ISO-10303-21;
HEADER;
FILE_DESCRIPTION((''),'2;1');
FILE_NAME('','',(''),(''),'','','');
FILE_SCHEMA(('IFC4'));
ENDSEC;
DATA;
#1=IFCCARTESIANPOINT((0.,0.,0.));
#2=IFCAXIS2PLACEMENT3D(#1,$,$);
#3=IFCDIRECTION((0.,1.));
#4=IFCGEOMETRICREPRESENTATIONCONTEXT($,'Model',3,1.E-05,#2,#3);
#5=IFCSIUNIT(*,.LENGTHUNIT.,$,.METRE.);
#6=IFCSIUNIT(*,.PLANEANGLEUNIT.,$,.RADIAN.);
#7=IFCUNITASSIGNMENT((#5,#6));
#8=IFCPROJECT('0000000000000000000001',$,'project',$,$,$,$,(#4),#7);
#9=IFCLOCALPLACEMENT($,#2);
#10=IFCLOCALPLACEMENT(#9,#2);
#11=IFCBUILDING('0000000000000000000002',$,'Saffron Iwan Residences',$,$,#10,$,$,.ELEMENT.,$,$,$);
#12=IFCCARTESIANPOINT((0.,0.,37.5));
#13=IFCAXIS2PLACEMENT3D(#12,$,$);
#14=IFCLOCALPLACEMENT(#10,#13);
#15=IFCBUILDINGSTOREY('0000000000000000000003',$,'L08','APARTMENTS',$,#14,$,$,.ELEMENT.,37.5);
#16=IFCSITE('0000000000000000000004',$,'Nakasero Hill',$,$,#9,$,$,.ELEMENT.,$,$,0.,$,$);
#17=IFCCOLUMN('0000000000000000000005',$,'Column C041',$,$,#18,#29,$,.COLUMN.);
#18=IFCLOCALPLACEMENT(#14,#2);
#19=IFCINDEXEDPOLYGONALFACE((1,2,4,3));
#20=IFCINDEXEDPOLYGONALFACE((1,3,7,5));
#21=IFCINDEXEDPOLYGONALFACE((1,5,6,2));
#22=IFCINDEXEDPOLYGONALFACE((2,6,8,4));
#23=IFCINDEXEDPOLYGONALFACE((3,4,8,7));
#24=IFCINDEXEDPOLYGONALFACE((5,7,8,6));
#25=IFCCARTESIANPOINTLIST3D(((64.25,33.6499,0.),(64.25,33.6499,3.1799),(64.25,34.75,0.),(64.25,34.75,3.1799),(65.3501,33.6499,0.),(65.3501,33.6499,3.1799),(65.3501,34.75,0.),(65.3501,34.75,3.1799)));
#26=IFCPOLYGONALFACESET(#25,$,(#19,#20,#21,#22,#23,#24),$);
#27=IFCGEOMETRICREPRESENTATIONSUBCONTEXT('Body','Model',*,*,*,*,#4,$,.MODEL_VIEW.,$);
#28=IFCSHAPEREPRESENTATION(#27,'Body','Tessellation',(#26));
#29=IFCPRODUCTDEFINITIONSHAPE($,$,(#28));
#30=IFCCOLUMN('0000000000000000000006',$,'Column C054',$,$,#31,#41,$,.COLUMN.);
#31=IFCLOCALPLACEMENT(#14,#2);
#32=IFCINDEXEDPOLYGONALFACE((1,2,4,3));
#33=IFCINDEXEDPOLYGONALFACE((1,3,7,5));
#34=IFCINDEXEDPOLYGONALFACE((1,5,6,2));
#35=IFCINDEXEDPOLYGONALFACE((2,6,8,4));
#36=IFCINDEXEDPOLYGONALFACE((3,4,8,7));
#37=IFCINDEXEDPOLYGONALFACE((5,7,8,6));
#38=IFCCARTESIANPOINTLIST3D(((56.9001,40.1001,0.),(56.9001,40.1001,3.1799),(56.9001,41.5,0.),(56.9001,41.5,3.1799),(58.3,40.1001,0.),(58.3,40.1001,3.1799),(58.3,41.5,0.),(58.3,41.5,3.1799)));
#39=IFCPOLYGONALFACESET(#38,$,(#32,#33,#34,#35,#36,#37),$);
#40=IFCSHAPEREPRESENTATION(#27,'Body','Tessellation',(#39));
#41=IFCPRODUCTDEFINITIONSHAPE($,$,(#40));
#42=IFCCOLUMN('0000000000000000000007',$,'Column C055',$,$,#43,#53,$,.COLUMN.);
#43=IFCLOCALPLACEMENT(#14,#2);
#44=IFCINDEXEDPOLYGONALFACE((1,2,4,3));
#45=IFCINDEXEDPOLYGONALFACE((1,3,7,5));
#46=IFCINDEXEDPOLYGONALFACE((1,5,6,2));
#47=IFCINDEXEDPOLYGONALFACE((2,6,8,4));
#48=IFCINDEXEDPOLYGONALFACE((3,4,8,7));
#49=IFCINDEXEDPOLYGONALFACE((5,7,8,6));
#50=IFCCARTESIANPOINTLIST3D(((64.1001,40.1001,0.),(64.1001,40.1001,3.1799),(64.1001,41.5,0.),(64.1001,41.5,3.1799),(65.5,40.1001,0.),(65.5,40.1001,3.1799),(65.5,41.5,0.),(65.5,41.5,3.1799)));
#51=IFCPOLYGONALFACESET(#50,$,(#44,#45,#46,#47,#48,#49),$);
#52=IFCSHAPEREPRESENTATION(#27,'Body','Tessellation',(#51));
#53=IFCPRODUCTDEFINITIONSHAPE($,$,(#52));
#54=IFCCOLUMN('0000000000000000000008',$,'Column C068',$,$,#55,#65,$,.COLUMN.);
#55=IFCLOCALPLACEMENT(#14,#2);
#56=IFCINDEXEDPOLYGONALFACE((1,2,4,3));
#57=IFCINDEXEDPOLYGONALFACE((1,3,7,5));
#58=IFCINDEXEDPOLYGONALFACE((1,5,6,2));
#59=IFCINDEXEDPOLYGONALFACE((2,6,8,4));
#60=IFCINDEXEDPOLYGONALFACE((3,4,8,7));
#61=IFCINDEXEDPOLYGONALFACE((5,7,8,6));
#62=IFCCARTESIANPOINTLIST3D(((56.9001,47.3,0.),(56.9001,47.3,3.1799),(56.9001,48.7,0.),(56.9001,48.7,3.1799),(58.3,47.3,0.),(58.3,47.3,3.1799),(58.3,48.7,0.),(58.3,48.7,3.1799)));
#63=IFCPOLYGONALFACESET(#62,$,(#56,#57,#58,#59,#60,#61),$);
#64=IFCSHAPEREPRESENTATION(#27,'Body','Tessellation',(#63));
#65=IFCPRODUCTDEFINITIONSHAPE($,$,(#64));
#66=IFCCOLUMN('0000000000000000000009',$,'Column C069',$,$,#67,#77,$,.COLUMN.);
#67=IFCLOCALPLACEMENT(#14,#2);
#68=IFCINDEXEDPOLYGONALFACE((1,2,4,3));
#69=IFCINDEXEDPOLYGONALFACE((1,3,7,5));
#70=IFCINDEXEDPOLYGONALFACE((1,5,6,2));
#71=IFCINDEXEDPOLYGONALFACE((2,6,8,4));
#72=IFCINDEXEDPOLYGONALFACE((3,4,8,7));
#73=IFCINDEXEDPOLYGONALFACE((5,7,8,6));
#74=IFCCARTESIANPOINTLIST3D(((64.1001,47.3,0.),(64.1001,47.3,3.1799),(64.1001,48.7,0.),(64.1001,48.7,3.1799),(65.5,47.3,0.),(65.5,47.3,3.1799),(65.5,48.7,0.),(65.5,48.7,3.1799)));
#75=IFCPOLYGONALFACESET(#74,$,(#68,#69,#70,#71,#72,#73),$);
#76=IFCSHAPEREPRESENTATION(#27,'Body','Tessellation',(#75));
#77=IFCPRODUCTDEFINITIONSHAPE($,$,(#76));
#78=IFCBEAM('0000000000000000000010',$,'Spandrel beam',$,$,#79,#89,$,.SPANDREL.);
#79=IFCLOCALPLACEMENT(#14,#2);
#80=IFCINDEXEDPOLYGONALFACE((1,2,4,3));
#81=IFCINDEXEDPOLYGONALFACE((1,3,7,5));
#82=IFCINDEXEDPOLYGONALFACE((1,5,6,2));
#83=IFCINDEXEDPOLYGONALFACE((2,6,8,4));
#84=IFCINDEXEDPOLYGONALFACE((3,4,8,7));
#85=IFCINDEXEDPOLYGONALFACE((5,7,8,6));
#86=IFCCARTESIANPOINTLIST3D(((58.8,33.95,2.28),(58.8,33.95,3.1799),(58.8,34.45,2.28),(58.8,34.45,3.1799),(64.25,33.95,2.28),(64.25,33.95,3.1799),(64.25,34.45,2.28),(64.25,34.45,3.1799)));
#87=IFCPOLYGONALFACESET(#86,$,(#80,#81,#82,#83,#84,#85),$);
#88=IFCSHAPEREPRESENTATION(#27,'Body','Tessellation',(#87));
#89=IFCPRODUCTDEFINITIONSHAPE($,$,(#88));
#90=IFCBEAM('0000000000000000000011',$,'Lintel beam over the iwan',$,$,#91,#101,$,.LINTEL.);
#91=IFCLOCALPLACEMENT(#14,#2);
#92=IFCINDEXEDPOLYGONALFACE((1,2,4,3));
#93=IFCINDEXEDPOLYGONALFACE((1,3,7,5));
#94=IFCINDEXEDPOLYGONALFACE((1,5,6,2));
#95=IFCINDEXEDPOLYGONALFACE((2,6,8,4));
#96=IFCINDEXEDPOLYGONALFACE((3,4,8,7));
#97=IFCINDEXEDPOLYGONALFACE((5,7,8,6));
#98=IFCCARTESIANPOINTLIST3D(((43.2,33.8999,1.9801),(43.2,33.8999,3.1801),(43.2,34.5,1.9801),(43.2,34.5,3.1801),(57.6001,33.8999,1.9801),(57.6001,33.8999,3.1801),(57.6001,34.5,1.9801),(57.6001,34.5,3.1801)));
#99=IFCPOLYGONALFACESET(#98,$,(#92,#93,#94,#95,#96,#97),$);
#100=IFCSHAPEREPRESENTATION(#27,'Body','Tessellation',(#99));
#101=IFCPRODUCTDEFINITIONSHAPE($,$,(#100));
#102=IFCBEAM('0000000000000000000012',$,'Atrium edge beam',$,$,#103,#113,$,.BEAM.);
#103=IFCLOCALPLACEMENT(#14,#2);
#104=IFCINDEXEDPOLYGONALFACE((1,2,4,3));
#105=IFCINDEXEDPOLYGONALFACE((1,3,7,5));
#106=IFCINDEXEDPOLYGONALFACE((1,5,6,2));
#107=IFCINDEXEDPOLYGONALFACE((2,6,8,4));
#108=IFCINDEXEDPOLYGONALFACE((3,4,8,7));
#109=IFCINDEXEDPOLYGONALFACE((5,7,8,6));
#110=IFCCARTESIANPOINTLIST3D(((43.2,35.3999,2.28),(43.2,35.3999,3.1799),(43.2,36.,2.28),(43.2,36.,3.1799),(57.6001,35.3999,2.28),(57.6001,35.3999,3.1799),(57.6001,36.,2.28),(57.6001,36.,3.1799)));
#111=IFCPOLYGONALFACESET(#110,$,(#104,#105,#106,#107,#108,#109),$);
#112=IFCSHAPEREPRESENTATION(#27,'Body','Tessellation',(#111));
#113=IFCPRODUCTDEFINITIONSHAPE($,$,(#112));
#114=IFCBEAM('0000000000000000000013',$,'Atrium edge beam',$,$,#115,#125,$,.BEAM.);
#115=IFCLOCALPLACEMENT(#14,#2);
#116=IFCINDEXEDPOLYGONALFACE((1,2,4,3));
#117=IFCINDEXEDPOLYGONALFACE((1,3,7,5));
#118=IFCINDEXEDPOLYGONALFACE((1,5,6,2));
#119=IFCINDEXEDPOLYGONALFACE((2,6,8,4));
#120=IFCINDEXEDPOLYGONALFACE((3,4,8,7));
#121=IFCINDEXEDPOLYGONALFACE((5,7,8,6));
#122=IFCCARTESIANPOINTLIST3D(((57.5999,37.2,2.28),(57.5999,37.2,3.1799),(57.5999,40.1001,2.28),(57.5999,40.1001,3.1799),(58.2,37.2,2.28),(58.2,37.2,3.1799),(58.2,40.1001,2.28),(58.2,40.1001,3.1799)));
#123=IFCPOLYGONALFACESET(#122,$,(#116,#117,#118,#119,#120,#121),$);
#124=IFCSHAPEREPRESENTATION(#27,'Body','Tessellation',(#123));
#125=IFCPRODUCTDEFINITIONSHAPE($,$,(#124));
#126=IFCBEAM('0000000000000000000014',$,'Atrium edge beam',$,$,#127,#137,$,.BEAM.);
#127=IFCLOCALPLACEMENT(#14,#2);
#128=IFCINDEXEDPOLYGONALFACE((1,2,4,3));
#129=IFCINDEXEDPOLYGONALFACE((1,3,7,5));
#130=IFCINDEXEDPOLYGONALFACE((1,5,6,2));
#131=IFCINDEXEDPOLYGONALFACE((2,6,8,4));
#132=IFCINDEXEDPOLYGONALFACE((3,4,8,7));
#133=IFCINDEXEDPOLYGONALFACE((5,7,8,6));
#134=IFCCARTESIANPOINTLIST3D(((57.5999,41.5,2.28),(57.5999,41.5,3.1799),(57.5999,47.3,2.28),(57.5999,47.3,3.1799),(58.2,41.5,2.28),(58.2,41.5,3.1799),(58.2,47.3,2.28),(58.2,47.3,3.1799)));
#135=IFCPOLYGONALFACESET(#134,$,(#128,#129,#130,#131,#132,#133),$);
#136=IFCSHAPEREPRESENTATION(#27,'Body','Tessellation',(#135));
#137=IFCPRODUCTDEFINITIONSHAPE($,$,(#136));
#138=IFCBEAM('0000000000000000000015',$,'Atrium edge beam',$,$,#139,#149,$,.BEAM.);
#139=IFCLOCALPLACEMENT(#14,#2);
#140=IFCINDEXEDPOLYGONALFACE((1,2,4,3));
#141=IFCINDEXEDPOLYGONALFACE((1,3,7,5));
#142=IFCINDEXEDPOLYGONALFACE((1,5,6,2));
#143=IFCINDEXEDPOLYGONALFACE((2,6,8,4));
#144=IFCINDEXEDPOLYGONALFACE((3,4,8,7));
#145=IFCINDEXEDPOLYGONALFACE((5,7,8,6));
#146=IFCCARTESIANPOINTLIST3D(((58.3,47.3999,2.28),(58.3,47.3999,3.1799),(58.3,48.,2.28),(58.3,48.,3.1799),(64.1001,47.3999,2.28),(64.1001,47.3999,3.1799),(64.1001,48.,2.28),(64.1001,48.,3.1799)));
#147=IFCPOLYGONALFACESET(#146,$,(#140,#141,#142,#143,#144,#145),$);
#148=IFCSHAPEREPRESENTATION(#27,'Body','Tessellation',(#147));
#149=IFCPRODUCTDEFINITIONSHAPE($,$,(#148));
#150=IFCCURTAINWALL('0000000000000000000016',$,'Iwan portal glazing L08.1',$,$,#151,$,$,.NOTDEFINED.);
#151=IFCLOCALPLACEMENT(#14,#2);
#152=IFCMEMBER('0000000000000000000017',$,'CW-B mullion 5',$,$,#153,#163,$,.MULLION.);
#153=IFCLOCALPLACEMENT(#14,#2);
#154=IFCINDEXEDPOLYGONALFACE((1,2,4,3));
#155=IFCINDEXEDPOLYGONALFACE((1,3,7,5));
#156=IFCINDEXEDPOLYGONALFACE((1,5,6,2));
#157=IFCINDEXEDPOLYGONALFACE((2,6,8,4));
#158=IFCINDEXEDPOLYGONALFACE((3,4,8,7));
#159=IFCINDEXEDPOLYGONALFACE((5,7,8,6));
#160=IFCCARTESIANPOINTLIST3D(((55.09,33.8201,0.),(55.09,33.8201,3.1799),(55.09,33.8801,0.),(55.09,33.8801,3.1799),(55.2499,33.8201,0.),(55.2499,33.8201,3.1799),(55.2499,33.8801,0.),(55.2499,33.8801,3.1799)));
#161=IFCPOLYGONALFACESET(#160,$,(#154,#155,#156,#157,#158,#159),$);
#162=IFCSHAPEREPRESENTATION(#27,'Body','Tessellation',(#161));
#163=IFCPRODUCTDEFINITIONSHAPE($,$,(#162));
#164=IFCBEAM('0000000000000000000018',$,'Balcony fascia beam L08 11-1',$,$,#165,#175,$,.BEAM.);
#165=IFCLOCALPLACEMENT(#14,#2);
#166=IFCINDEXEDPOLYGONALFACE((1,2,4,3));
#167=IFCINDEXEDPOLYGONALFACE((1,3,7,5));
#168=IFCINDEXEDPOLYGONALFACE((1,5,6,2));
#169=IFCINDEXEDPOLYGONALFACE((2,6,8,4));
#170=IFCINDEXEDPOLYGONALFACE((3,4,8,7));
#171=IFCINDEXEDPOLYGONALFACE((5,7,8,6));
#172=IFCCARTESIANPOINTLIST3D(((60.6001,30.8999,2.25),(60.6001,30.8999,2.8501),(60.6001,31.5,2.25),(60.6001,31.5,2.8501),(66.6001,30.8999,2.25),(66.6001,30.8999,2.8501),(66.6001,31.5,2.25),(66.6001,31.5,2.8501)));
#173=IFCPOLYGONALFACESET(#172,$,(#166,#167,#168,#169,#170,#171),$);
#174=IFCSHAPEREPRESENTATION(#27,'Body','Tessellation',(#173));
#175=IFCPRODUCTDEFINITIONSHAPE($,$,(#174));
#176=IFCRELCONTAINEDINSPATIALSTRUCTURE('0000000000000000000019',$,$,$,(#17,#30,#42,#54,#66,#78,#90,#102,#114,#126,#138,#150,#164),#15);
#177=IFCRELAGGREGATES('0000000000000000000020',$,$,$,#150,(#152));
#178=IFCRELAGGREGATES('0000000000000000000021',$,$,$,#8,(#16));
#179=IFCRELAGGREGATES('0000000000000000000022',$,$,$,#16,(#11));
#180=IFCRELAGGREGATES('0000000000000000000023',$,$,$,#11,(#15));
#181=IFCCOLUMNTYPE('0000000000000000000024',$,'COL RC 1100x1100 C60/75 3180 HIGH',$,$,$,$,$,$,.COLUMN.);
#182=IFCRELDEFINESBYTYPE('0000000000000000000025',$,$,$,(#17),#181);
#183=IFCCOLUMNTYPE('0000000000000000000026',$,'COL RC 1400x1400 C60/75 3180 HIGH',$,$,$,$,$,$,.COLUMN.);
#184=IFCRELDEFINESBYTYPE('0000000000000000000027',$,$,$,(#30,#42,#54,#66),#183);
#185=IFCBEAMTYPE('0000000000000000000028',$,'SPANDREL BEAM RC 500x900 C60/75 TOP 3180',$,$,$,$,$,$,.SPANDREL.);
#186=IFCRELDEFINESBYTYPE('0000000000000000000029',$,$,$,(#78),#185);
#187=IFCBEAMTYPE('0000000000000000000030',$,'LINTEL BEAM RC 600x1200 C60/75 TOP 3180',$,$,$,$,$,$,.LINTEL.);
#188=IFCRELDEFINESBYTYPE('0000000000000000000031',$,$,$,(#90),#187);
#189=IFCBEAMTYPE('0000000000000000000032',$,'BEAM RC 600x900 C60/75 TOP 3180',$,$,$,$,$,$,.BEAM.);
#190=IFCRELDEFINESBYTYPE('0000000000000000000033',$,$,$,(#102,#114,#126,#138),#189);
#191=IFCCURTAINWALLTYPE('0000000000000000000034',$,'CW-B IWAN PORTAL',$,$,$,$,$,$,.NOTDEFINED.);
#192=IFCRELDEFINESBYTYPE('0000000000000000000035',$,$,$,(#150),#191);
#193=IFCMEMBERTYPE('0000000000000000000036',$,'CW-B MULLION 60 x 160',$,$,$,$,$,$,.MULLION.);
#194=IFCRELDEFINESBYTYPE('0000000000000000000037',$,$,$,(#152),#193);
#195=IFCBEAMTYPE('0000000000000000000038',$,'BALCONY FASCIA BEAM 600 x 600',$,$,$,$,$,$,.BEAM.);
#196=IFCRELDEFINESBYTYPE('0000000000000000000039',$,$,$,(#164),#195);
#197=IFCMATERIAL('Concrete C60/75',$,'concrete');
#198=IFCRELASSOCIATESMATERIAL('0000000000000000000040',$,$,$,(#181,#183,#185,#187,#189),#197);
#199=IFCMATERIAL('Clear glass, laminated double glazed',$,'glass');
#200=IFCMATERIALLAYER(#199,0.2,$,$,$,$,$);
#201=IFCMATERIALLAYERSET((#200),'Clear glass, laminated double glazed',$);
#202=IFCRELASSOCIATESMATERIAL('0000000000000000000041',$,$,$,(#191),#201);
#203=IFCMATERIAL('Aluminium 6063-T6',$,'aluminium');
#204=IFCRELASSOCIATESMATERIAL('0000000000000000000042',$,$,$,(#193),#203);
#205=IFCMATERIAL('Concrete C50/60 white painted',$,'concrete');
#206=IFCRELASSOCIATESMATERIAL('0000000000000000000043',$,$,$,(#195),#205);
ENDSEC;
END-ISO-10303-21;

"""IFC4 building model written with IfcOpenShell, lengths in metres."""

from ifc_helpers import new_model, si_unit, direction, frame, origin, origin_2d, place, context, subcontext, project, spatial, rectangle, extrude, source, transform, mapped, material, layer, layer_set, material_profile, profile_set, type_object, element, aggregate, save


model = new_model("IFC4")

# Units and contexts
model_context = context("Model", 3, precision=1e-05, world=origin(), true_north=direction((0.0, 1.0)))
body_context = subcontext(model_context, "Body", "Model", "MODEL_VIEW")
ifc_project = project(units=[si_unit("LENGTHUNIT", "METRE"), si_unit("PLANEANGLEUNIT", "RADIAN")], contexts=[model_context])

# Site, building, storey
site_placement = place(None, origin())
site = spatial("IfcSite", under=ifc_project, at=site_placement, Name="Nakasero Hill", CompositionType="ELEMENT", RefElevation=0.0)
building_placement = place(site_placement, origin())
building = spatial("IfcBuilding", under=site, at=building_placement, Name="Saffron Iwan Residences", CompositionType="ELEMENT")
storey_placement = place(building_placement, frame((0.0, 0.0, 37.5)))
storey = spatial("IfcBuildingStorey", under=building, at=storey_placement, Name="L08", Description="APARTMENTS", CompositionType="ELEMENT", Elevation=37.5)

# Columns
ifc_material_1 = material(Name="Concrete C60/75", Category="concrete")
ifc_material_profile_1 = material_profile(ifc_material_1, rectangle(XDim=1.1001, YDim=1.1001, at=origin_2d()), Name="RC 1100x1100")
ifc_profile_set_1 = profile_set([ifc_material_profile_1], Name="Concrete C60/75")
column_type_1 = type_object("IfcColumnType", Name="COL RC 1100x1100 C60/75 3180 HIGH", PredefinedType="COLUMN", material=ifc_profile_set_1)
shared_shape_1 = source(origin(), body_context, "Body", "SweptSolid", [
    extrude(rectangle(XDim=1.1001, YDim=1.1001, at=origin_2d()), origin(), (0.0, 0.0, 1.0), 3.1799),
])
column_placement = place(storey_placement, frame((64.8, 34.2, 0.0), z_axis=(0.0, 0.0, 1.0), x_axis=(1.0, 0.0, 0.0)))
element("IfcColumn", 1, at=column_placement, inside=storey, type_object=column_type_1, Name="Column C041", PredefinedType="COLUMN", context=body_context, shape_type="MappedRepresentation", body=[
    mapped(shared_shape_1, transform((0.0, 0.0, 0.0))),
])
ifc_material_profile_2 = material_profile(ifc_material_1, rectangle(XDim=1.3999, YDim=1.3999, at=origin_2d()), Name="RC 1400x1400")
ifc_profile_set_2 = profile_set([ifc_material_profile_2], Name="Concrete C60/75")
column_type_2 = type_object("IfcColumnType", Name="COL RC 1400x1400 C60/75 3180 HIGH", PredefinedType="COLUMN", material=ifc_profile_set_2)
shared_shape_2 = source(origin(), body_context, "Body", "SweptSolid", [
    extrude(rectangle(XDim=1.3999, YDim=1.3999, at=origin_2d()), origin(), (0.0, 0.0, 1.0), 3.1799),
])
for number, where, z_axis, x_axis, name in (
    (2, (57.6001, 40.8, 0.0), (0.0, 0.0, 1.0), (1.0, 0.0, 0.0), "Column C054"),
    (3, (64.8, 40.8, 0.0), (0.0, 0.0, 1.0), (1.0, 0.0, 0.0), "Column C055"),
    (4, (57.6001, 48.0, 0.0), (0.0, 0.0, 1.0), (1.0, 0.0, 0.0), "Column C068"),
    (5, (64.8, 48.0, 0.0), (0.0, 0.0, 1.0), (1.0, 0.0, 0.0), "Column C069"),
):
    element("IfcColumn", number, at=place(storey_placement, frame(where, z_axis=z_axis, x_axis=x_axis)), inside=storey, type_object=column_type_2, Name=name, PredefinedType="COLUMN", context=body_context, shape_type="MappedRepresentation", body=[
        mapped(shared_shape_2, transform((0.0, 0.0, 0.0))),
    ])

# Beams
ifc_material_profile_3 = material_profile(ifc_material_1, rectangle(XDim=0.5, YDim=0.8999, at=origin_2d()), Name="RC 500x900")
ifc_profile_set_3 = profile_set([ifc_material_profile_3], Name="Concrete C60/75")
beam_type_1 = type_object("IfcBeamType", Name="SPANDREL BEAM RC 500x900 C60/75 TOP 3180", PredefinedType="SPANDREL", material=ifc_profile_set_3)
shared_shape_3 = source(origin(), body_context, "Body", "SweptSolid", [
    extrude(rectangle(XDim=0.5, YDim=0.8999, at=origin_2d()), origin(), (0.0, 0.0, 1.0), 5.45),
])
beam_1_placement = place(storey_placement, frame((64.25, 34.2, 2.73), z_axis=(-1.0, 0.0, 0.0), x_axis=(0.0, -1.0, 0.0)))
element("IfcBeam", 6, at=beam_1_placement, inside=storey, type_object=beam_type_1, Name="Spandrel beam", PredefinedType="SPANDREL", context=body_context, shape_type="MappedRepresentation", body=[
    mapped(shared_shape_3, transform((0.0, 0.0, 0.0))),
])
ifc_material_profile_4 = material_profile(ifc_material_1, rectangle(XDim=0.6001, YDim=1.2, at=origin_2d()), Name="RC 600x1200")
ifc_profile_set_4 = profile_set([ifc_material_profile_4], Name="Concrete C60/75")
beam_type_2 = type_object("IfcBeamType", Name="LINTEL BEAM RC 600x1200 C60/75 TOP 3180", PredefinedType="LINTEL", material=ifc_profile_set_4)
shared_shape_4 = source(origin(), body_context, "Body", "SweptSolid", [
    extrude(rectangle(XDim=0.6001, YDim=1.2, at=origin_2d()), origin(), (0.0, 0.0, 1.0), 14.4001),
])
beam_2_placement = place(storey_placement, frame((57.6001, 34.2, 2.5801), z_axis=(-1.0, 0.0, 0.0), x_axis=(0.0, -1.0, 0.0)))
element("IfcBeam", 7, at=beam_2_placement, inside=storey, type_object=beam_type_2, Name="Lintel beam over the iwan", PredefinedType="LINTEL", context=body_context, shape_type="MappedRepresentation", body=[
    mapped(shared_shape_4, transform((0.0, 0.0, 0.0))),
])
ifc_material_profile_5 = material_profile(ifc_material_1, rectangle(XDim=0.6001, YDim=0.8999, at=origin_2d()), Name="RC 600x900")
ifc_profile_set_5 = profile_set([ifc_material_profile_5], Name="Concrete C60/75")
beam_type_3 = type_object("IfcBeamType", Name="BEAM RC 600x900 C60/75 TOP 3180", PredefinedType="BEAM", material=ifc_profile_set_5)
shared_shape_5 = source(origin(), body_context, "Body", "SweptSolid", [
    extrude(rectangle(XDim=0.6001, YDim=0.8999, at=origin_2d()), origin(), (0.0, 0.0, 1.0), 14.4001),
])
beam_3_placement = place(storey_placement, frame((57.6001, 35.7, 2.73), z_axis=(-1.0, 0.0, 0.0), x_axis=(0.0, -1.0, 0.0)))
element("IfcBeam", 8, at=beam_3_placement, inside=storey, type_object=beam_type_3, Name="Atrium edge beam", PredefinedType="BEAM", context=body_context, shape_type="MappedRepresentation", body=[
    mapped(shared_shape_5, transform((0.0, 0.0, 0.0))),
])
shared_shape_6 = source(origin(), body_context, "Body", "SweptSolid", [
    extrude(rectangle(XDim=0.6001, YDim=0.8999, at=origin_2d()), origin(), (0.0, 0.0, 1.0), 2.9001),
])
beam_4_placement = place(storey_placement, frame((57.8999, 40.1001, 2.73), z_axis=(0.0, -1.0, 0.0), x_axis=(1.0, 0.0, 0.0)))
element("IfcBeam", 9, at=beam_4_placement, inside=storey, type_object=beam_type_3, Name="Atrium edge beam", PredefinedType="BEAM", context=body_context, shape_type="MappedRepresentation", body=[
    mapped(shared_shape_6, transform((0.0, 0.0, 0.0))),
])
shared_shape_7 = source(origin(), body_context, "Body", "SweptSolid", [
    extrude(rectangle(XDim=0.6001, YDim=0.8999, at=origin_2d()), origin(), (0.0, 0.0, 1.0), 5.8),
])
for number, where, z_axis, x_axis, name in (
    (10, (57.8999, 47.3, 2.73), (0.0, -1.0, 0.0), (1.0, 0.0, 0.0), "Atrium edge beam"),
    (11, (64.1001, 47.7, 2.73), (-1.0, 0.0, 0.0), (0.0, -1.0, 0.0), "Atrium edge beam"),
):
    element("IfcBeam", number, at=place(storey_placement, frame(where, z_axis=z_axis, x_axis=x_axis)), inside=storey, type_object=beam_type_3, Name=name, PredefinedType="BEAM", context=body_context, shape_type="MappedRepresentation", body=[
        mapped(shared_shape_7, transform((0.0, 0.0, 0.0))),
    ])

# Curtain wall, member
ifc_material_2 = material(Name="Clear glass, laminated double glazed", Category="glass")
ifc_layer_1 = layer(ifc_material_2, 0.2)
ifc_layer_set_1 = layer_set([ifc_layer_1], Name="Clear glass, laminated double glazed")
curtain_wall_type = type_object("IfcCurtainWallType", Name="CW-B IWAN PORTAL", PredefinedType="NOTDEFINED", material=ifc_layer_set_1)
curtain_wall_placement = place(storey_placement, origin())
curtain_wall = element("IfcCurtainWall", 12, at=curtain_wall_placement, inside=storey, type_object=curtain_wall_type, Name="Iwan portal glazing L08.1", PredefinedType="NOTDEFINED")
ifc_material_3 = material(Name="Aluminium 6063-T6", Category="aluminium")
ifc_material_profile_6 = material_profile(ifc_material_3, rectangle(XDim=0.0601, YDim=0.1599, at=origin_2d()), Name="CW-B MULLION 60 x 160")
ifc_profile_set_6 = profile_set([ifc_material_profile_6], Name="Aluminium 6063-T6")
member_type = type_object("IfcMemberType", Name="CW-B MULLION 60 x 160", PredefinedType="MULLION", material=ifc_profile_set_6)
shared_shape_8 = source(origin(), body_context, "Body", "SweptSolid", [
    extrude(rectangle(XDim=0.0601, YDim=0.1599, at=origin_2d()), origin(), (0.0, 0.0, 1.0), 3.1799),
])
member_placement = place(storey_placement, frame((55.1699, 33.8501, 0.0), z_axis=(0.0, 0.0, 1.0), x_axis=(0.0, 1.0, 0.0)))
member = element("IfcMember", 13, at=member_placement, type_object=member_type, Name="CW-B mullion 5", PredefinedType="MULLION", context=body_context, shape_type="MappedRepresentation", body=[
    mapped(shared_shape_8, transform((0.0, 0.0, 0.0))),
])
aggregate(curtain_wall, [member])

# Beam
ifc_material_4 = material(Name="Concrete C50/60 white painted", Category="concrete")
ifc_material_profile_7 = material_profile(ifc_material_4, rectangle(XDim=0.6001, YDim=0.6001, at=origin_2d()), Name="BALCONY FASCIA BEAM 600 x 600")
ifc_profile_set_7 = profile_set([ifc_material_profile_7], Name="Concrete C50/60 white painted")
beam_type_4 = type_object("IfcBeamType", Name="BALCONY FASCIA BEAM 600 x 600", PredefinedType="BEAM", material=ifc_profile_set_7)
shared_shape_9 = source(origin(), body_context, "Body", "SweptSolid", [
    extrude(rectangle(XDim=0.6001, YDim=0.6001, at=origin_2d()), origin(), (0.0, 0.0, 1.0), 6.0),
])
beam_5_placement = place(storey_placement, frame((60.6001, 31.2, 2.55), z_axis=(1.0, 0.0, 0.0), x_axis=(0.0, 1.0, 0.0)))
element("IfcBeam", 14, at=beam_5_placement, inside=storey, type_object=beam_type_4, Name="Balcony fascia beam L08 11-1", PredefinedType="BEAM", context=body_context, shape_type="MappedRepresentation", body=[
    mapped(shared_shape_9, transform((0.0, 0.0, 0.0))),
])

save(model, "model.ifc")
